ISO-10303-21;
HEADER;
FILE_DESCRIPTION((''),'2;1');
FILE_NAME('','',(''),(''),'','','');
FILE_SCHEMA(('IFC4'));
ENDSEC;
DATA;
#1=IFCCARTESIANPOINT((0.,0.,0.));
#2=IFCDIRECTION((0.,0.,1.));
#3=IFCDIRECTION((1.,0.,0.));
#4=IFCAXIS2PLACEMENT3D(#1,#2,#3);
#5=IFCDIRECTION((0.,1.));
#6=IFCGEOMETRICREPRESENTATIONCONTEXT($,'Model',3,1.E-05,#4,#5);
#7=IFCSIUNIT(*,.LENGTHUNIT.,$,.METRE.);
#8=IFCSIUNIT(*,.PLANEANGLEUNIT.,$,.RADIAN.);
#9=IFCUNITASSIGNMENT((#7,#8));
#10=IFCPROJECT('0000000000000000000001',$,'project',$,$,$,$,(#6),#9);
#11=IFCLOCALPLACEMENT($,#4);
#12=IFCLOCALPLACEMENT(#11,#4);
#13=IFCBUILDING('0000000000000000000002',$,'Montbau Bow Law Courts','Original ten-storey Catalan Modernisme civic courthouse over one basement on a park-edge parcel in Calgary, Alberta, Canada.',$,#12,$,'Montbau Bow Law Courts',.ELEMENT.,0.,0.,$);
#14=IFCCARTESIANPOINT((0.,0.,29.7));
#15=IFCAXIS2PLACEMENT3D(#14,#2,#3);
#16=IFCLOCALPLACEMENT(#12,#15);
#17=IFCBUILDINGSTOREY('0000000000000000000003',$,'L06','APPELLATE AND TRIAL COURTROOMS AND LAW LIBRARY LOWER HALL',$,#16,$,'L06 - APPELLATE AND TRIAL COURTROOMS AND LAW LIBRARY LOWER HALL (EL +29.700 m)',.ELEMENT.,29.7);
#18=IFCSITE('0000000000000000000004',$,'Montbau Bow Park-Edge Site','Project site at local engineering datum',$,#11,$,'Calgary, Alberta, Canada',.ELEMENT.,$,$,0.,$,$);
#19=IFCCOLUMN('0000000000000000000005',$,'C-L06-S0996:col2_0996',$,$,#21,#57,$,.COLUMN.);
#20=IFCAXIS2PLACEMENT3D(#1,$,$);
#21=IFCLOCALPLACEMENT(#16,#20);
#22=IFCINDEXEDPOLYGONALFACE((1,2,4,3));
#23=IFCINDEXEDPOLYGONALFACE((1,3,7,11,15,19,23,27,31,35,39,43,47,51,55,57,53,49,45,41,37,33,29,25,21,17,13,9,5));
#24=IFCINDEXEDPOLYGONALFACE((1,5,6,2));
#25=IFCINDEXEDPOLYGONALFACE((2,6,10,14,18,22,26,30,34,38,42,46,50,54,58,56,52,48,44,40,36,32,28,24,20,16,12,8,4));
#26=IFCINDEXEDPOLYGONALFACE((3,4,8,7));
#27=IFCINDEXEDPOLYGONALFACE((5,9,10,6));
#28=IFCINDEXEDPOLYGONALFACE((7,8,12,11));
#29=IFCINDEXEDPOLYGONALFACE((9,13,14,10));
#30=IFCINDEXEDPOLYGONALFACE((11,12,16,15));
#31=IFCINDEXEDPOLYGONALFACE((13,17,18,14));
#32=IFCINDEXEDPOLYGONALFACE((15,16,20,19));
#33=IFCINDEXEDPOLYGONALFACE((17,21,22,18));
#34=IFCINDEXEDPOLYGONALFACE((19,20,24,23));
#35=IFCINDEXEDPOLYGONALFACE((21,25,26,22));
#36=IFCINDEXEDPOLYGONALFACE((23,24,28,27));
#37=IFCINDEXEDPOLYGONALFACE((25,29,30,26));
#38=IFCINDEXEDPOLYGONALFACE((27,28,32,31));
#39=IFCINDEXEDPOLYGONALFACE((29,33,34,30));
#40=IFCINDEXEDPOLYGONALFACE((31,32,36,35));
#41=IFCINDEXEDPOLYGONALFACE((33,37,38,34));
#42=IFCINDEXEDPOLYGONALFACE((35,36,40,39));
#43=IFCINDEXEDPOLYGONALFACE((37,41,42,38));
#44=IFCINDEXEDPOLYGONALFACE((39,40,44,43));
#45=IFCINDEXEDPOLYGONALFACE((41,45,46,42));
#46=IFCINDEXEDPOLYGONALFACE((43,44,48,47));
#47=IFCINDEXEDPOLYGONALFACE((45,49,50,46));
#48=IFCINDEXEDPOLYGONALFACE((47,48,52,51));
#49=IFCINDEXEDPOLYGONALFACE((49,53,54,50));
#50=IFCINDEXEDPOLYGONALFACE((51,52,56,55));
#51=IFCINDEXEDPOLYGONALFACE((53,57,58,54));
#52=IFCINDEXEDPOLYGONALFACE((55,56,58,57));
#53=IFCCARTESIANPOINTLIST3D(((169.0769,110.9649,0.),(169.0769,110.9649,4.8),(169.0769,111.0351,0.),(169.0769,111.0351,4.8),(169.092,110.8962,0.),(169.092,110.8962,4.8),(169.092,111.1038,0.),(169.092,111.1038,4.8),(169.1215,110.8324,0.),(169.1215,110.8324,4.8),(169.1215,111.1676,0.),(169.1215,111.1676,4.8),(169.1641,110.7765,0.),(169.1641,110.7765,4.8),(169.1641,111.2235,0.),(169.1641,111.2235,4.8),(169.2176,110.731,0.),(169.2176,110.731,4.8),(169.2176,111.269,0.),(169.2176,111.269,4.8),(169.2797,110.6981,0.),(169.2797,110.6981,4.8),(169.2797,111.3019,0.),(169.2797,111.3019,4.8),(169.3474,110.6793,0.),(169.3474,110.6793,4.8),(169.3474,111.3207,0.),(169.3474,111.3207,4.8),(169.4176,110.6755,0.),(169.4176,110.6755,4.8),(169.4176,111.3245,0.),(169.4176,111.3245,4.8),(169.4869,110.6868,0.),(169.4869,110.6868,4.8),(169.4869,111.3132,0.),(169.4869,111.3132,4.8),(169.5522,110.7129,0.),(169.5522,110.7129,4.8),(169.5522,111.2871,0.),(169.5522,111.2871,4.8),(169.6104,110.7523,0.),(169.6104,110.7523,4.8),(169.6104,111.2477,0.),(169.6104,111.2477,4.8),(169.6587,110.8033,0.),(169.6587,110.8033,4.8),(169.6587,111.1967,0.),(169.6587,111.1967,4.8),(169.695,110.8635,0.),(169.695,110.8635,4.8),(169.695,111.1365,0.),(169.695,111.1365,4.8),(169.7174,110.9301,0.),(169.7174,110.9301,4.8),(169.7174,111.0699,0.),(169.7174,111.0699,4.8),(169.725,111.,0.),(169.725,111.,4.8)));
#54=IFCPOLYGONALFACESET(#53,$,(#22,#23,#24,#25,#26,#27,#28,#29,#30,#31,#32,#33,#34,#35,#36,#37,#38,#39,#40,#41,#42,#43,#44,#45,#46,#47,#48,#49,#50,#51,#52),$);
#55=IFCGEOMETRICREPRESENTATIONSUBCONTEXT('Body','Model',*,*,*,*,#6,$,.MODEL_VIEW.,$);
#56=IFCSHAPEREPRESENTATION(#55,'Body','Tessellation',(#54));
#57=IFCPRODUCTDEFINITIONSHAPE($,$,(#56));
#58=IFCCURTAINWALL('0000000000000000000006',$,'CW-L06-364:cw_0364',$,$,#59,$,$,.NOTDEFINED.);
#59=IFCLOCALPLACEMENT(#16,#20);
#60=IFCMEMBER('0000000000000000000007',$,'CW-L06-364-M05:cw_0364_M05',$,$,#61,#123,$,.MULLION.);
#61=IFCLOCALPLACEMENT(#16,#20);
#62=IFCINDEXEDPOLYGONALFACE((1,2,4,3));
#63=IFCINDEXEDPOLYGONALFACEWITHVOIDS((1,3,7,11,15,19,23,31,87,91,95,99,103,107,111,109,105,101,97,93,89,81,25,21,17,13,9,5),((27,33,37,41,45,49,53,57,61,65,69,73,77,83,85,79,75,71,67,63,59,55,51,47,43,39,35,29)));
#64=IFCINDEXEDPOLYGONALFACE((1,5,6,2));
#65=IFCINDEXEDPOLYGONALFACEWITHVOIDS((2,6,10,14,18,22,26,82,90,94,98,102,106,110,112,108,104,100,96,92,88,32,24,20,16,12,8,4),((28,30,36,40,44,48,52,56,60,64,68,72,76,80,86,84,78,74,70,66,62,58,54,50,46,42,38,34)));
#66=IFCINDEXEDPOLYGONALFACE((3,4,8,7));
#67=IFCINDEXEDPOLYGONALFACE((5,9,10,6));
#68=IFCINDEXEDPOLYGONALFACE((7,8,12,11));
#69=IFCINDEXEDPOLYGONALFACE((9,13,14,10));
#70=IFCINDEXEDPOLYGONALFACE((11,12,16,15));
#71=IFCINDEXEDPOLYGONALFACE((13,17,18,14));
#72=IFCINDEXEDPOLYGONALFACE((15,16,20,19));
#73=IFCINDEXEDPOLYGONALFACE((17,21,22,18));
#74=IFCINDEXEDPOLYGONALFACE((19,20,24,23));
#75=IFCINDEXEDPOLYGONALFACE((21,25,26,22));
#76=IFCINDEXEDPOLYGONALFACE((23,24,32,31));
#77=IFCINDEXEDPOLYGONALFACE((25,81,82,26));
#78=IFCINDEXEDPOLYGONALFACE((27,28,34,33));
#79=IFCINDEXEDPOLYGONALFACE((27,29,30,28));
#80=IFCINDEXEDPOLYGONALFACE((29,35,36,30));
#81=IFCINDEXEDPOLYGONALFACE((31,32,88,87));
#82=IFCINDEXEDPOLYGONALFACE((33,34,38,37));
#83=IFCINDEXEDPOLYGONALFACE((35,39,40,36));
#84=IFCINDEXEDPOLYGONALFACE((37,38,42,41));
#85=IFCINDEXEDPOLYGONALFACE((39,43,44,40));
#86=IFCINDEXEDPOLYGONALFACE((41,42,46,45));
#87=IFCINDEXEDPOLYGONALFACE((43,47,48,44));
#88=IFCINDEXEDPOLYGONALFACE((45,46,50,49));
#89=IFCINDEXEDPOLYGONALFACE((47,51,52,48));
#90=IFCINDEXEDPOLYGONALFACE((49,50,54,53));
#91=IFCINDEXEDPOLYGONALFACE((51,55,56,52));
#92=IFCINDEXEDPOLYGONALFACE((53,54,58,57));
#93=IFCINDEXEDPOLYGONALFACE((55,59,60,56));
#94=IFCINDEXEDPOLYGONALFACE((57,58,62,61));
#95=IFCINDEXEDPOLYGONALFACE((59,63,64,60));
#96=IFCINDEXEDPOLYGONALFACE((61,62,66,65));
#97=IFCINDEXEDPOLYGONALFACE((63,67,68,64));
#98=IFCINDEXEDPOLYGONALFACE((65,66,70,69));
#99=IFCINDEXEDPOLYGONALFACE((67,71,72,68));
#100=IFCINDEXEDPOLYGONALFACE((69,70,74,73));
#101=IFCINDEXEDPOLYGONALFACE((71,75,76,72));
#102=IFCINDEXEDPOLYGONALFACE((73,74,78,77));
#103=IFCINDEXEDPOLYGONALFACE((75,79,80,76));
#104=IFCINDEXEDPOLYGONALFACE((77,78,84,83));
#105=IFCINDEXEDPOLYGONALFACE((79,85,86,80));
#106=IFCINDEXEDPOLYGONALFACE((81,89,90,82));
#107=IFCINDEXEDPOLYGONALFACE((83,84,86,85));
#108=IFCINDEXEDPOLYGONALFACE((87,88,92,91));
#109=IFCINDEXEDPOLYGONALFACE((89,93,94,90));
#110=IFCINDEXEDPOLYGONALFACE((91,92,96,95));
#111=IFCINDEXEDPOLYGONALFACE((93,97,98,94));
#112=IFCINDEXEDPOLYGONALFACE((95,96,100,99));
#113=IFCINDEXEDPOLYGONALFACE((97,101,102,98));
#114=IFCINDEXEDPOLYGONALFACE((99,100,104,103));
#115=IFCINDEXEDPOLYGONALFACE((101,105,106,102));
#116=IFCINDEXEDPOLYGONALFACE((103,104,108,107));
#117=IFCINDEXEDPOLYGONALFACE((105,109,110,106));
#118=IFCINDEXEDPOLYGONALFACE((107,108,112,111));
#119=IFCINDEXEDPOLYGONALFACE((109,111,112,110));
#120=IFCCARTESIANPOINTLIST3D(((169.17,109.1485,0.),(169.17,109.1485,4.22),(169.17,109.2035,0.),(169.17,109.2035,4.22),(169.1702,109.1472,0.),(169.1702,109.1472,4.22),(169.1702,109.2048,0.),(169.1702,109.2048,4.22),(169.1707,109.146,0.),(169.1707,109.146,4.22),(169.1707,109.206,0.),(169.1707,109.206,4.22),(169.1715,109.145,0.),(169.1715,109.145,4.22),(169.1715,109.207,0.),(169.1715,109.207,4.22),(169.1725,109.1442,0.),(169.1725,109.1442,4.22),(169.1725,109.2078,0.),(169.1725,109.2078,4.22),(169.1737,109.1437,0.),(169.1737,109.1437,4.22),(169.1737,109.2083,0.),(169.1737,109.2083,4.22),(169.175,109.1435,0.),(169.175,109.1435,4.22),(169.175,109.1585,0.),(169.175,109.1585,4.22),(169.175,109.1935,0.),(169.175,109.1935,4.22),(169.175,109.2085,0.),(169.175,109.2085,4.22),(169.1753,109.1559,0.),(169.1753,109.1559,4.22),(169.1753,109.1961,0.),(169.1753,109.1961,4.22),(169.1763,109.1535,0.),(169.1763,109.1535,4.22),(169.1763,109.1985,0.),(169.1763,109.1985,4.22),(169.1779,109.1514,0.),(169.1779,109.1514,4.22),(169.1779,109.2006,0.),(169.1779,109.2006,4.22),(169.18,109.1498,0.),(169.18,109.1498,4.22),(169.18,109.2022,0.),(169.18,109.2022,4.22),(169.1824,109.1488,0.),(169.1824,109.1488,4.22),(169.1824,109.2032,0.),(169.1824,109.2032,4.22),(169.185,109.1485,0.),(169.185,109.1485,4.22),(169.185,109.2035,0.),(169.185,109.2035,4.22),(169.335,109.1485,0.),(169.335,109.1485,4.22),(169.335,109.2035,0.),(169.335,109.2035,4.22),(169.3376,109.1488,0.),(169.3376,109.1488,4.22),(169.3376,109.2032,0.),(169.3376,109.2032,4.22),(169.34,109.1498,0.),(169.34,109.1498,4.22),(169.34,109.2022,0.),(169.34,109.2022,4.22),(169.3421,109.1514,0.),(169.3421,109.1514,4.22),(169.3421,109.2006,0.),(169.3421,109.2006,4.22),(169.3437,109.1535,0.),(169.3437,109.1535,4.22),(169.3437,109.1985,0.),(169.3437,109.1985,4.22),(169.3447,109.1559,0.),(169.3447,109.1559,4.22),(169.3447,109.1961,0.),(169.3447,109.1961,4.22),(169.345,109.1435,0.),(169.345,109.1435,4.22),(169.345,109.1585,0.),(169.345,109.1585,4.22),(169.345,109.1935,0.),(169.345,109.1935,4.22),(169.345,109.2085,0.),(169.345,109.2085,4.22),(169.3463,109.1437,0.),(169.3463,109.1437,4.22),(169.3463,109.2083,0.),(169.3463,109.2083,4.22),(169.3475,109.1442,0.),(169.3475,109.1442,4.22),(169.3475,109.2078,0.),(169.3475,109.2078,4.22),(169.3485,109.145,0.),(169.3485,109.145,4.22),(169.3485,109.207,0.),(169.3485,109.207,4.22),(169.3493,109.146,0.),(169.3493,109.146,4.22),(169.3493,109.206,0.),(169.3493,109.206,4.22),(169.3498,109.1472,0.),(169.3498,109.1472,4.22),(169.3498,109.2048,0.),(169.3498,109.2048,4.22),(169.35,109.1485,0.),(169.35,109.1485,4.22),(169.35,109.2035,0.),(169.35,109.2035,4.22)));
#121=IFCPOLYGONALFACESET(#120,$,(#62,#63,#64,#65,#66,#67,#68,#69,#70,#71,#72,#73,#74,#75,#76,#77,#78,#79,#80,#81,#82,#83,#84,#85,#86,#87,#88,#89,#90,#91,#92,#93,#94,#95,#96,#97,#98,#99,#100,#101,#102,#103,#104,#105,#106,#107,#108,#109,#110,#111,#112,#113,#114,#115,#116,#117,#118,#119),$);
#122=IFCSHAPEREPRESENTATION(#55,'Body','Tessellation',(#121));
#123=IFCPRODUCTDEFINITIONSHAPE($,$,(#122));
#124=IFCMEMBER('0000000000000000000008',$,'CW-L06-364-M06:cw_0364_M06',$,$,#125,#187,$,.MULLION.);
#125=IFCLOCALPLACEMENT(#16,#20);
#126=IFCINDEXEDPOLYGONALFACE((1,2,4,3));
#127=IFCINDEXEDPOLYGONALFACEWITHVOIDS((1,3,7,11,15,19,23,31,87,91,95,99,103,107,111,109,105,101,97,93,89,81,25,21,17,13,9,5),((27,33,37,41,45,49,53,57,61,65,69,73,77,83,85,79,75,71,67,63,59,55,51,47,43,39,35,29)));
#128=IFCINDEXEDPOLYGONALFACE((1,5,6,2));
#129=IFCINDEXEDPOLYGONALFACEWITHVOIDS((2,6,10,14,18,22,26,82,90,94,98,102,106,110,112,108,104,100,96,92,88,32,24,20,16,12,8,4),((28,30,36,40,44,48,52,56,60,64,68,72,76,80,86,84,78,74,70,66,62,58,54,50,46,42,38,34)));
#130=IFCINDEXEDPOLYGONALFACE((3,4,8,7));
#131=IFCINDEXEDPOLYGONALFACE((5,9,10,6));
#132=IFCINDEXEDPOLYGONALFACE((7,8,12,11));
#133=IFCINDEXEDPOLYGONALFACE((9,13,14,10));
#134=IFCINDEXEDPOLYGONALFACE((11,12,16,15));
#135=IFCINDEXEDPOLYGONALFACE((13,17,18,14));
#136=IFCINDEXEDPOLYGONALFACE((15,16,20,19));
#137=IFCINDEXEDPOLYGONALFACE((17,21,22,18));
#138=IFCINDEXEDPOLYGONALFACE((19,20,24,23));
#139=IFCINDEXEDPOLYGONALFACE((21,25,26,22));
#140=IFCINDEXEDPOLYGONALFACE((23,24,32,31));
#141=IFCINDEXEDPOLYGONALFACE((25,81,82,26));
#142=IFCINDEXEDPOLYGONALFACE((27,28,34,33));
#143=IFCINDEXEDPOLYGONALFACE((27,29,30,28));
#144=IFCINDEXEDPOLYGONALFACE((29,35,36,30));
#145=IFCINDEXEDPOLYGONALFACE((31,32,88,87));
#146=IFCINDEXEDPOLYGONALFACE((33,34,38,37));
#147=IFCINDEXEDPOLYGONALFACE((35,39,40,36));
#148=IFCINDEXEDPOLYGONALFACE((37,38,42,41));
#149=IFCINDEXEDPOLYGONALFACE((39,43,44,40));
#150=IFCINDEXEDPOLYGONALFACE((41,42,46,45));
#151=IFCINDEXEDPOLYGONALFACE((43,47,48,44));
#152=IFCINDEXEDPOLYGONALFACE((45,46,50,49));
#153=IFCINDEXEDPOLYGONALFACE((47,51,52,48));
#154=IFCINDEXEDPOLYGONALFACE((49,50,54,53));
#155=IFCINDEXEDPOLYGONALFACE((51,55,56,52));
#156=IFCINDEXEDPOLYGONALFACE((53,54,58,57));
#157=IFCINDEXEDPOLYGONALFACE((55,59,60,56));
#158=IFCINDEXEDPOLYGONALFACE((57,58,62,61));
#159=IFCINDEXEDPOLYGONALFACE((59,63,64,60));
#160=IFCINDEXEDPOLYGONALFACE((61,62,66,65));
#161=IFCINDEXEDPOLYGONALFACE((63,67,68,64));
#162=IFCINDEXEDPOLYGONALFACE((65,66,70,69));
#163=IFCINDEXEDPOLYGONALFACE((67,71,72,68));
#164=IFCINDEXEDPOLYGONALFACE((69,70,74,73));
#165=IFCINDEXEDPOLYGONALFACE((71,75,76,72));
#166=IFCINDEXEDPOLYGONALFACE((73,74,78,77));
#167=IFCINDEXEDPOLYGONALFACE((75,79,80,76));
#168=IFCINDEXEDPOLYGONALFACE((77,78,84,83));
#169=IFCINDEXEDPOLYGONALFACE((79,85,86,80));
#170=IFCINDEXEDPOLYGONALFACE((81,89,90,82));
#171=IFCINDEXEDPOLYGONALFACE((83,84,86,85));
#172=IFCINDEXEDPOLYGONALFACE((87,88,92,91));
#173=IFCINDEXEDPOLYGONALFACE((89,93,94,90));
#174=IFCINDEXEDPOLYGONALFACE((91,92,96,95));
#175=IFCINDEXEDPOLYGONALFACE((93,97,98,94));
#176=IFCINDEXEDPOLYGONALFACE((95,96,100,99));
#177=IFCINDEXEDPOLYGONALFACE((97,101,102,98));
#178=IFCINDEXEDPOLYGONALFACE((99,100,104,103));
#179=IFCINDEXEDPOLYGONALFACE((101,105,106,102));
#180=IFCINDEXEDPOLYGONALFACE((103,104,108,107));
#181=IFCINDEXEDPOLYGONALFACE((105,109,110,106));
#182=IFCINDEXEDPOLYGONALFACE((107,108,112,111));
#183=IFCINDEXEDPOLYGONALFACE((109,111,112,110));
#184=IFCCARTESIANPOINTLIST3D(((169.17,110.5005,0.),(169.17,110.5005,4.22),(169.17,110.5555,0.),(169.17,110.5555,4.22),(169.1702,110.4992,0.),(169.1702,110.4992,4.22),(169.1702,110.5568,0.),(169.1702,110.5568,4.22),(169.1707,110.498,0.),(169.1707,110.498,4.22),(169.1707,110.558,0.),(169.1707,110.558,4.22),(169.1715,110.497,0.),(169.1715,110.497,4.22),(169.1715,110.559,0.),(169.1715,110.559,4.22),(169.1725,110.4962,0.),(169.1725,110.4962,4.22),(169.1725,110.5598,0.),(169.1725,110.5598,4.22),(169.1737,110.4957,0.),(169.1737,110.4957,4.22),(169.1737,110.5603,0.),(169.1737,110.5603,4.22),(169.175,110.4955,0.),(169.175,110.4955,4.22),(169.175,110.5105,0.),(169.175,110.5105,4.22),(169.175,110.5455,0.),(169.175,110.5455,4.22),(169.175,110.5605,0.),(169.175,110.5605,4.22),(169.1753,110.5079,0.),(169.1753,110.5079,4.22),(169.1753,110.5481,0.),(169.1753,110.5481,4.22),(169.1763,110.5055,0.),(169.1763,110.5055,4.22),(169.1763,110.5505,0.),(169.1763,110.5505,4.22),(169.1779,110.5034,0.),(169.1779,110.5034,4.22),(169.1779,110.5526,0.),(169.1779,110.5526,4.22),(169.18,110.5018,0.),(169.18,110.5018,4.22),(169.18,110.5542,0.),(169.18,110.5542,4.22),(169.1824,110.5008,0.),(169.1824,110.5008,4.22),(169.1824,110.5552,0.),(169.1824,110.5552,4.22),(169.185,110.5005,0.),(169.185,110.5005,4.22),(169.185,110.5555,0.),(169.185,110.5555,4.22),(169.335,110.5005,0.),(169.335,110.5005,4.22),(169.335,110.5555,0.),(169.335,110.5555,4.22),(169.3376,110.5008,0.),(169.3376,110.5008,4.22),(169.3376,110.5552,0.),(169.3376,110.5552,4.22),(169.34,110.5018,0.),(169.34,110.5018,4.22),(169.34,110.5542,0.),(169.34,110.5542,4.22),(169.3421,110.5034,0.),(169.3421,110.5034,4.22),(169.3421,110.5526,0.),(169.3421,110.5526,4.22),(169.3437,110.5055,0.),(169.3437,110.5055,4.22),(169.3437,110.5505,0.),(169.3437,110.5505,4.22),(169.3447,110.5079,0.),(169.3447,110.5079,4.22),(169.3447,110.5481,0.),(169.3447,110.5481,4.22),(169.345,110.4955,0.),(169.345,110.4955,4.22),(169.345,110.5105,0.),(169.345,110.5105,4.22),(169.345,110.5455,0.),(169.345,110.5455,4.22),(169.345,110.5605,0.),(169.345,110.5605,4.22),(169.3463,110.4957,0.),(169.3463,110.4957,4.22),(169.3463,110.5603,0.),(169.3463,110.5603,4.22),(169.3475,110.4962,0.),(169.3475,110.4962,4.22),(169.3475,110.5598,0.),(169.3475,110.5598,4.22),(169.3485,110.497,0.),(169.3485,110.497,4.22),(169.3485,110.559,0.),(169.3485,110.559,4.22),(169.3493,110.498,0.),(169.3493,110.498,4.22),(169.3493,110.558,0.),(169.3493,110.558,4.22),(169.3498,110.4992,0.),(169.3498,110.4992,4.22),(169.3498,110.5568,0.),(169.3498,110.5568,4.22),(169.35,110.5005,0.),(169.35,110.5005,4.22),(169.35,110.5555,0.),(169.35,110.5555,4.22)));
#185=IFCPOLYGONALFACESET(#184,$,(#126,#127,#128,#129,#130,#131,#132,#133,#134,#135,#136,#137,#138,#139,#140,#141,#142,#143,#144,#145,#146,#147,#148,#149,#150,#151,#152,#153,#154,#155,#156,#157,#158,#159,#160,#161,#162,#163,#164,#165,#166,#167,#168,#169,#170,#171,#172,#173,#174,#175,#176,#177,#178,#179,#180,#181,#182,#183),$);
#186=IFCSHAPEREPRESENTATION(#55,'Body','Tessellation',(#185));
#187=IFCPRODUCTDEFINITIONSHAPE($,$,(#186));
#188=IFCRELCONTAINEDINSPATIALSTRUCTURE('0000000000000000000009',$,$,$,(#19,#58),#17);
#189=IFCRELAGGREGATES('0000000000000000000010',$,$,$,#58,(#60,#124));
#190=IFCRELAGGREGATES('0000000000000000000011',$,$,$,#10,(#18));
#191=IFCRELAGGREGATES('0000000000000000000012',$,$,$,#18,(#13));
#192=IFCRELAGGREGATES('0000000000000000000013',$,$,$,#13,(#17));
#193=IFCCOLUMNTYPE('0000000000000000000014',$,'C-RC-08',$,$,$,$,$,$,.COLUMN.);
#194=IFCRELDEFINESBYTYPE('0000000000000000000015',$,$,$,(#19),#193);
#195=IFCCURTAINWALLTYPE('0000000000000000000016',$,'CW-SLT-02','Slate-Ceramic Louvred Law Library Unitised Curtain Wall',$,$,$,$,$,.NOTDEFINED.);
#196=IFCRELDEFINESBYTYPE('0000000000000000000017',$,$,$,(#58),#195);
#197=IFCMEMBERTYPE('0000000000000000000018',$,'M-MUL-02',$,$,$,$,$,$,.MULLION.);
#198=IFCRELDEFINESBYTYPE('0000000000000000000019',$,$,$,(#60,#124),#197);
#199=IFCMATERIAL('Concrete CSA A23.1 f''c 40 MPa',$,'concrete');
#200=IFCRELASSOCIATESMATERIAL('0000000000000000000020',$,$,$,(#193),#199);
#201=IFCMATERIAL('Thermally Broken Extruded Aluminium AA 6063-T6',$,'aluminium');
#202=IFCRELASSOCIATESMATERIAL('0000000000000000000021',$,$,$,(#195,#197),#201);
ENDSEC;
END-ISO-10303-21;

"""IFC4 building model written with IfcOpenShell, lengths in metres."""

from ifc_helpers import new_model, si_unit, direction, frame, origin_with_axes, origin_2d_with_axis, place, context, subcontext, project, spatial, hollow_rectangle, circle, extrude, material, material_profile, profile_set, type_object, element, aggregate, save


model = new_model("IFC4")

# Units and contexts
model_context = context("Model", 3, precision=1e-05, world=origin_with_axes(), true_north=direction((0.0, 1.0)))
body_context = subcontext(model_context, "Body", "Model", "MODEL_VIEW")
ifc_project = project(units=[si_unit("LENGTHUNIT", "METRE"), si_unit("PLANEANGLEUNIT", "RADIAN")], contexts=[model_context])

# Site, building, storey
site_placement = place(None, origin_with_axes())
site = spatial("IfcSite", under=ifc_project, at=site_placement, Name="Montbau Bow Park-Edge Site", Description="Project site at local engineering datum", LongName="Calgary, Alberta, Canada", CompositionType="ELEMENT", RefElevation=0.0)
building_placement = place(site_placement, origin_with_axes())
building = spatial("IfcBuilding", under=site, at=building_placement, Name="Montbau Bow Law Courts", Description="Original ten-storey Catalan Modernisme civic courthouse over one basement on a park-edge parcel in Calgary, Alberta, Canada.", LongName="Montbau Bow Law Courts", CompositionType="ELEMENT", ElevationOfRefHeight=0.0, ElevationOfTerrain=0.0)
storey_placement = place(building_placement, frame((0.0, 0.0, 29.7), z_axis=(0.0, 0.0, 1.0), x_axis=(1.0, 0.0, 0.0)))
storey = spatial("IfcBuildingStorey", under=building, at=storey_placement, Name="L06", Description="APPELLATE AND TRIAL COURTROOMS AND LAW LIBRARY LOWER HALL", LongName="L06 - APPELLATE AND TRIAL COURTROOMS AND LAW LIBRARY LOWER HALL (EL +29.700 m)", CompositionType="ELEMENT", Elevation=29.7)

# Column
ifc_material_1 = material(Name="Concrete CSA A23.1 f'c 40 MPa", Category="concrete")
ifc_material_profile_1 = material_profile(ifc_material_1, circle(Radius=0.325, at=origin_2d_with_axis()), Name="RC650D", Category="Main", Priority=0)
ifc_profile_set_1 = profile_set([ifc_material_profile_1], Name="Concrete CSA A23.1 f'c 40 MPa")
column_type = type_object("IfcColumnType", Name="C-RC-08", PredefinedType="COLUMN", material=ifc_profile_set_1)
column_placement = place(None, frame((169.4, 111.0, 29.7), z_axis=(0.0, 0.0, 1.0), x_axis=(1.0, 0.0, 0.0)))
element("IfcColumn", 1, at=column_placement, inside=storey, type_object=column_type, Name="C-L06-S0996:col2_0996", PredefinedType="COLUMN", context=body_context, shape_type="SweptSolid", body=[
    extrude(circle(Radius=0.325, at=origin_2d_with_axis()), origin_with_axes(), (0.0, 0.0, 1.0), 4.8),
])

# Curtain wall, members
ifc_material_2 = material(Name="Thermally Broken Extruded Aluminium AA 6063-T6", Category="aluminium")
curtain_wall_type = type_object("IfcCurtainWallType", Name="CW-SLT-02", Description="Slate-Ceramic Louvred Law Library Unitised Curtain Wall", PredefinedType="NOTDEFINED", material=ifc_material_2)
curtain_wall_1_placement = place(None, frame((169.26, 103.64, 29.7), z_axis=(0.0, 0.0, 1.0), x_axis=(1.0, 0.0, 0.0)))
curtain_wall_1 = element("IfcCurtainWall", 2, at=curtain_wall_1_placement, inside=storey, type_object=curtain_wall_type, Name="CW-L06-364:cw_0364", PredefinedType="NOTDEFINED")
ifc_material_profile_2 = material_profile(ifc_material_2, hollow_rectangle(XDim=0.065, YDim=0.18, WallThickness=0.005, InnerFilletRadius=0.01, OuterFilletRadius=0.005, at=origin_2d_with_axis()), Name="CWM-180X65", Category="Main", Priority=0)
ifc_profile_set_2 = profile_set([ifc_material_profile_2], Name="Thermally Broken Extruded Aluminium AA 6063-T6")
member_type_1 = type_object("IfcMemberType", Name="M-MUL-02", PredefinedType="MULLION", material=ifc_profile_set_2)
member_1_placement = place(None, frame((169.26, 109.176, 29.7), z_axis=(0.0, 0.0, 1.0), x_axis=(0.0, 1.0, 0.0)))
member_1 = element("IfcMember", 3, at=member_1_placement, type_object=member_type_1, Name="CW-L06-364-M05:cw_0364_M05", PredefinedType="MULLION", context=body_context, shape_type="SweptSolid", body=[
    extrude(hollow_rectangle(XDim=0.065, YDim=0.18, WallThickness=0.005, InnerFilletRadius=0.01, OuterFilletRadius=0.005, at=origin_2d_with_axis()), origin_with_axes(), (0.0, 0.0, 1.0), 4.22),
])
member_2_placement = place(None, frame((169.26, 110.528, 29.7), z_axis=(0.0, 0.0, 1.0), x_axis=(0.0, 1.0, 0.0)))
member_2 = element("IfcMember", 4, at=member_2_placement, type_object=member_type_1, Name="CW-L06-364-M06:cw_0364_M06", PredefinedType="MULLION", context=body_context, shape_type="SweptSolid", body=[
    extrude(hollow_rectangle(XDim=0.065, YDim=0.18, WallThickness=0.005, InnerFilletRadius=0.01, OuterFilletRadius=0.005, at=origin_2d_with_axis()), origin_with_axes(), (0.0, 0.0, 1.0), 4.22),
])

aggregate(curtain_wall_1, [member_1, member_2])

save(model, "model.ifc")
